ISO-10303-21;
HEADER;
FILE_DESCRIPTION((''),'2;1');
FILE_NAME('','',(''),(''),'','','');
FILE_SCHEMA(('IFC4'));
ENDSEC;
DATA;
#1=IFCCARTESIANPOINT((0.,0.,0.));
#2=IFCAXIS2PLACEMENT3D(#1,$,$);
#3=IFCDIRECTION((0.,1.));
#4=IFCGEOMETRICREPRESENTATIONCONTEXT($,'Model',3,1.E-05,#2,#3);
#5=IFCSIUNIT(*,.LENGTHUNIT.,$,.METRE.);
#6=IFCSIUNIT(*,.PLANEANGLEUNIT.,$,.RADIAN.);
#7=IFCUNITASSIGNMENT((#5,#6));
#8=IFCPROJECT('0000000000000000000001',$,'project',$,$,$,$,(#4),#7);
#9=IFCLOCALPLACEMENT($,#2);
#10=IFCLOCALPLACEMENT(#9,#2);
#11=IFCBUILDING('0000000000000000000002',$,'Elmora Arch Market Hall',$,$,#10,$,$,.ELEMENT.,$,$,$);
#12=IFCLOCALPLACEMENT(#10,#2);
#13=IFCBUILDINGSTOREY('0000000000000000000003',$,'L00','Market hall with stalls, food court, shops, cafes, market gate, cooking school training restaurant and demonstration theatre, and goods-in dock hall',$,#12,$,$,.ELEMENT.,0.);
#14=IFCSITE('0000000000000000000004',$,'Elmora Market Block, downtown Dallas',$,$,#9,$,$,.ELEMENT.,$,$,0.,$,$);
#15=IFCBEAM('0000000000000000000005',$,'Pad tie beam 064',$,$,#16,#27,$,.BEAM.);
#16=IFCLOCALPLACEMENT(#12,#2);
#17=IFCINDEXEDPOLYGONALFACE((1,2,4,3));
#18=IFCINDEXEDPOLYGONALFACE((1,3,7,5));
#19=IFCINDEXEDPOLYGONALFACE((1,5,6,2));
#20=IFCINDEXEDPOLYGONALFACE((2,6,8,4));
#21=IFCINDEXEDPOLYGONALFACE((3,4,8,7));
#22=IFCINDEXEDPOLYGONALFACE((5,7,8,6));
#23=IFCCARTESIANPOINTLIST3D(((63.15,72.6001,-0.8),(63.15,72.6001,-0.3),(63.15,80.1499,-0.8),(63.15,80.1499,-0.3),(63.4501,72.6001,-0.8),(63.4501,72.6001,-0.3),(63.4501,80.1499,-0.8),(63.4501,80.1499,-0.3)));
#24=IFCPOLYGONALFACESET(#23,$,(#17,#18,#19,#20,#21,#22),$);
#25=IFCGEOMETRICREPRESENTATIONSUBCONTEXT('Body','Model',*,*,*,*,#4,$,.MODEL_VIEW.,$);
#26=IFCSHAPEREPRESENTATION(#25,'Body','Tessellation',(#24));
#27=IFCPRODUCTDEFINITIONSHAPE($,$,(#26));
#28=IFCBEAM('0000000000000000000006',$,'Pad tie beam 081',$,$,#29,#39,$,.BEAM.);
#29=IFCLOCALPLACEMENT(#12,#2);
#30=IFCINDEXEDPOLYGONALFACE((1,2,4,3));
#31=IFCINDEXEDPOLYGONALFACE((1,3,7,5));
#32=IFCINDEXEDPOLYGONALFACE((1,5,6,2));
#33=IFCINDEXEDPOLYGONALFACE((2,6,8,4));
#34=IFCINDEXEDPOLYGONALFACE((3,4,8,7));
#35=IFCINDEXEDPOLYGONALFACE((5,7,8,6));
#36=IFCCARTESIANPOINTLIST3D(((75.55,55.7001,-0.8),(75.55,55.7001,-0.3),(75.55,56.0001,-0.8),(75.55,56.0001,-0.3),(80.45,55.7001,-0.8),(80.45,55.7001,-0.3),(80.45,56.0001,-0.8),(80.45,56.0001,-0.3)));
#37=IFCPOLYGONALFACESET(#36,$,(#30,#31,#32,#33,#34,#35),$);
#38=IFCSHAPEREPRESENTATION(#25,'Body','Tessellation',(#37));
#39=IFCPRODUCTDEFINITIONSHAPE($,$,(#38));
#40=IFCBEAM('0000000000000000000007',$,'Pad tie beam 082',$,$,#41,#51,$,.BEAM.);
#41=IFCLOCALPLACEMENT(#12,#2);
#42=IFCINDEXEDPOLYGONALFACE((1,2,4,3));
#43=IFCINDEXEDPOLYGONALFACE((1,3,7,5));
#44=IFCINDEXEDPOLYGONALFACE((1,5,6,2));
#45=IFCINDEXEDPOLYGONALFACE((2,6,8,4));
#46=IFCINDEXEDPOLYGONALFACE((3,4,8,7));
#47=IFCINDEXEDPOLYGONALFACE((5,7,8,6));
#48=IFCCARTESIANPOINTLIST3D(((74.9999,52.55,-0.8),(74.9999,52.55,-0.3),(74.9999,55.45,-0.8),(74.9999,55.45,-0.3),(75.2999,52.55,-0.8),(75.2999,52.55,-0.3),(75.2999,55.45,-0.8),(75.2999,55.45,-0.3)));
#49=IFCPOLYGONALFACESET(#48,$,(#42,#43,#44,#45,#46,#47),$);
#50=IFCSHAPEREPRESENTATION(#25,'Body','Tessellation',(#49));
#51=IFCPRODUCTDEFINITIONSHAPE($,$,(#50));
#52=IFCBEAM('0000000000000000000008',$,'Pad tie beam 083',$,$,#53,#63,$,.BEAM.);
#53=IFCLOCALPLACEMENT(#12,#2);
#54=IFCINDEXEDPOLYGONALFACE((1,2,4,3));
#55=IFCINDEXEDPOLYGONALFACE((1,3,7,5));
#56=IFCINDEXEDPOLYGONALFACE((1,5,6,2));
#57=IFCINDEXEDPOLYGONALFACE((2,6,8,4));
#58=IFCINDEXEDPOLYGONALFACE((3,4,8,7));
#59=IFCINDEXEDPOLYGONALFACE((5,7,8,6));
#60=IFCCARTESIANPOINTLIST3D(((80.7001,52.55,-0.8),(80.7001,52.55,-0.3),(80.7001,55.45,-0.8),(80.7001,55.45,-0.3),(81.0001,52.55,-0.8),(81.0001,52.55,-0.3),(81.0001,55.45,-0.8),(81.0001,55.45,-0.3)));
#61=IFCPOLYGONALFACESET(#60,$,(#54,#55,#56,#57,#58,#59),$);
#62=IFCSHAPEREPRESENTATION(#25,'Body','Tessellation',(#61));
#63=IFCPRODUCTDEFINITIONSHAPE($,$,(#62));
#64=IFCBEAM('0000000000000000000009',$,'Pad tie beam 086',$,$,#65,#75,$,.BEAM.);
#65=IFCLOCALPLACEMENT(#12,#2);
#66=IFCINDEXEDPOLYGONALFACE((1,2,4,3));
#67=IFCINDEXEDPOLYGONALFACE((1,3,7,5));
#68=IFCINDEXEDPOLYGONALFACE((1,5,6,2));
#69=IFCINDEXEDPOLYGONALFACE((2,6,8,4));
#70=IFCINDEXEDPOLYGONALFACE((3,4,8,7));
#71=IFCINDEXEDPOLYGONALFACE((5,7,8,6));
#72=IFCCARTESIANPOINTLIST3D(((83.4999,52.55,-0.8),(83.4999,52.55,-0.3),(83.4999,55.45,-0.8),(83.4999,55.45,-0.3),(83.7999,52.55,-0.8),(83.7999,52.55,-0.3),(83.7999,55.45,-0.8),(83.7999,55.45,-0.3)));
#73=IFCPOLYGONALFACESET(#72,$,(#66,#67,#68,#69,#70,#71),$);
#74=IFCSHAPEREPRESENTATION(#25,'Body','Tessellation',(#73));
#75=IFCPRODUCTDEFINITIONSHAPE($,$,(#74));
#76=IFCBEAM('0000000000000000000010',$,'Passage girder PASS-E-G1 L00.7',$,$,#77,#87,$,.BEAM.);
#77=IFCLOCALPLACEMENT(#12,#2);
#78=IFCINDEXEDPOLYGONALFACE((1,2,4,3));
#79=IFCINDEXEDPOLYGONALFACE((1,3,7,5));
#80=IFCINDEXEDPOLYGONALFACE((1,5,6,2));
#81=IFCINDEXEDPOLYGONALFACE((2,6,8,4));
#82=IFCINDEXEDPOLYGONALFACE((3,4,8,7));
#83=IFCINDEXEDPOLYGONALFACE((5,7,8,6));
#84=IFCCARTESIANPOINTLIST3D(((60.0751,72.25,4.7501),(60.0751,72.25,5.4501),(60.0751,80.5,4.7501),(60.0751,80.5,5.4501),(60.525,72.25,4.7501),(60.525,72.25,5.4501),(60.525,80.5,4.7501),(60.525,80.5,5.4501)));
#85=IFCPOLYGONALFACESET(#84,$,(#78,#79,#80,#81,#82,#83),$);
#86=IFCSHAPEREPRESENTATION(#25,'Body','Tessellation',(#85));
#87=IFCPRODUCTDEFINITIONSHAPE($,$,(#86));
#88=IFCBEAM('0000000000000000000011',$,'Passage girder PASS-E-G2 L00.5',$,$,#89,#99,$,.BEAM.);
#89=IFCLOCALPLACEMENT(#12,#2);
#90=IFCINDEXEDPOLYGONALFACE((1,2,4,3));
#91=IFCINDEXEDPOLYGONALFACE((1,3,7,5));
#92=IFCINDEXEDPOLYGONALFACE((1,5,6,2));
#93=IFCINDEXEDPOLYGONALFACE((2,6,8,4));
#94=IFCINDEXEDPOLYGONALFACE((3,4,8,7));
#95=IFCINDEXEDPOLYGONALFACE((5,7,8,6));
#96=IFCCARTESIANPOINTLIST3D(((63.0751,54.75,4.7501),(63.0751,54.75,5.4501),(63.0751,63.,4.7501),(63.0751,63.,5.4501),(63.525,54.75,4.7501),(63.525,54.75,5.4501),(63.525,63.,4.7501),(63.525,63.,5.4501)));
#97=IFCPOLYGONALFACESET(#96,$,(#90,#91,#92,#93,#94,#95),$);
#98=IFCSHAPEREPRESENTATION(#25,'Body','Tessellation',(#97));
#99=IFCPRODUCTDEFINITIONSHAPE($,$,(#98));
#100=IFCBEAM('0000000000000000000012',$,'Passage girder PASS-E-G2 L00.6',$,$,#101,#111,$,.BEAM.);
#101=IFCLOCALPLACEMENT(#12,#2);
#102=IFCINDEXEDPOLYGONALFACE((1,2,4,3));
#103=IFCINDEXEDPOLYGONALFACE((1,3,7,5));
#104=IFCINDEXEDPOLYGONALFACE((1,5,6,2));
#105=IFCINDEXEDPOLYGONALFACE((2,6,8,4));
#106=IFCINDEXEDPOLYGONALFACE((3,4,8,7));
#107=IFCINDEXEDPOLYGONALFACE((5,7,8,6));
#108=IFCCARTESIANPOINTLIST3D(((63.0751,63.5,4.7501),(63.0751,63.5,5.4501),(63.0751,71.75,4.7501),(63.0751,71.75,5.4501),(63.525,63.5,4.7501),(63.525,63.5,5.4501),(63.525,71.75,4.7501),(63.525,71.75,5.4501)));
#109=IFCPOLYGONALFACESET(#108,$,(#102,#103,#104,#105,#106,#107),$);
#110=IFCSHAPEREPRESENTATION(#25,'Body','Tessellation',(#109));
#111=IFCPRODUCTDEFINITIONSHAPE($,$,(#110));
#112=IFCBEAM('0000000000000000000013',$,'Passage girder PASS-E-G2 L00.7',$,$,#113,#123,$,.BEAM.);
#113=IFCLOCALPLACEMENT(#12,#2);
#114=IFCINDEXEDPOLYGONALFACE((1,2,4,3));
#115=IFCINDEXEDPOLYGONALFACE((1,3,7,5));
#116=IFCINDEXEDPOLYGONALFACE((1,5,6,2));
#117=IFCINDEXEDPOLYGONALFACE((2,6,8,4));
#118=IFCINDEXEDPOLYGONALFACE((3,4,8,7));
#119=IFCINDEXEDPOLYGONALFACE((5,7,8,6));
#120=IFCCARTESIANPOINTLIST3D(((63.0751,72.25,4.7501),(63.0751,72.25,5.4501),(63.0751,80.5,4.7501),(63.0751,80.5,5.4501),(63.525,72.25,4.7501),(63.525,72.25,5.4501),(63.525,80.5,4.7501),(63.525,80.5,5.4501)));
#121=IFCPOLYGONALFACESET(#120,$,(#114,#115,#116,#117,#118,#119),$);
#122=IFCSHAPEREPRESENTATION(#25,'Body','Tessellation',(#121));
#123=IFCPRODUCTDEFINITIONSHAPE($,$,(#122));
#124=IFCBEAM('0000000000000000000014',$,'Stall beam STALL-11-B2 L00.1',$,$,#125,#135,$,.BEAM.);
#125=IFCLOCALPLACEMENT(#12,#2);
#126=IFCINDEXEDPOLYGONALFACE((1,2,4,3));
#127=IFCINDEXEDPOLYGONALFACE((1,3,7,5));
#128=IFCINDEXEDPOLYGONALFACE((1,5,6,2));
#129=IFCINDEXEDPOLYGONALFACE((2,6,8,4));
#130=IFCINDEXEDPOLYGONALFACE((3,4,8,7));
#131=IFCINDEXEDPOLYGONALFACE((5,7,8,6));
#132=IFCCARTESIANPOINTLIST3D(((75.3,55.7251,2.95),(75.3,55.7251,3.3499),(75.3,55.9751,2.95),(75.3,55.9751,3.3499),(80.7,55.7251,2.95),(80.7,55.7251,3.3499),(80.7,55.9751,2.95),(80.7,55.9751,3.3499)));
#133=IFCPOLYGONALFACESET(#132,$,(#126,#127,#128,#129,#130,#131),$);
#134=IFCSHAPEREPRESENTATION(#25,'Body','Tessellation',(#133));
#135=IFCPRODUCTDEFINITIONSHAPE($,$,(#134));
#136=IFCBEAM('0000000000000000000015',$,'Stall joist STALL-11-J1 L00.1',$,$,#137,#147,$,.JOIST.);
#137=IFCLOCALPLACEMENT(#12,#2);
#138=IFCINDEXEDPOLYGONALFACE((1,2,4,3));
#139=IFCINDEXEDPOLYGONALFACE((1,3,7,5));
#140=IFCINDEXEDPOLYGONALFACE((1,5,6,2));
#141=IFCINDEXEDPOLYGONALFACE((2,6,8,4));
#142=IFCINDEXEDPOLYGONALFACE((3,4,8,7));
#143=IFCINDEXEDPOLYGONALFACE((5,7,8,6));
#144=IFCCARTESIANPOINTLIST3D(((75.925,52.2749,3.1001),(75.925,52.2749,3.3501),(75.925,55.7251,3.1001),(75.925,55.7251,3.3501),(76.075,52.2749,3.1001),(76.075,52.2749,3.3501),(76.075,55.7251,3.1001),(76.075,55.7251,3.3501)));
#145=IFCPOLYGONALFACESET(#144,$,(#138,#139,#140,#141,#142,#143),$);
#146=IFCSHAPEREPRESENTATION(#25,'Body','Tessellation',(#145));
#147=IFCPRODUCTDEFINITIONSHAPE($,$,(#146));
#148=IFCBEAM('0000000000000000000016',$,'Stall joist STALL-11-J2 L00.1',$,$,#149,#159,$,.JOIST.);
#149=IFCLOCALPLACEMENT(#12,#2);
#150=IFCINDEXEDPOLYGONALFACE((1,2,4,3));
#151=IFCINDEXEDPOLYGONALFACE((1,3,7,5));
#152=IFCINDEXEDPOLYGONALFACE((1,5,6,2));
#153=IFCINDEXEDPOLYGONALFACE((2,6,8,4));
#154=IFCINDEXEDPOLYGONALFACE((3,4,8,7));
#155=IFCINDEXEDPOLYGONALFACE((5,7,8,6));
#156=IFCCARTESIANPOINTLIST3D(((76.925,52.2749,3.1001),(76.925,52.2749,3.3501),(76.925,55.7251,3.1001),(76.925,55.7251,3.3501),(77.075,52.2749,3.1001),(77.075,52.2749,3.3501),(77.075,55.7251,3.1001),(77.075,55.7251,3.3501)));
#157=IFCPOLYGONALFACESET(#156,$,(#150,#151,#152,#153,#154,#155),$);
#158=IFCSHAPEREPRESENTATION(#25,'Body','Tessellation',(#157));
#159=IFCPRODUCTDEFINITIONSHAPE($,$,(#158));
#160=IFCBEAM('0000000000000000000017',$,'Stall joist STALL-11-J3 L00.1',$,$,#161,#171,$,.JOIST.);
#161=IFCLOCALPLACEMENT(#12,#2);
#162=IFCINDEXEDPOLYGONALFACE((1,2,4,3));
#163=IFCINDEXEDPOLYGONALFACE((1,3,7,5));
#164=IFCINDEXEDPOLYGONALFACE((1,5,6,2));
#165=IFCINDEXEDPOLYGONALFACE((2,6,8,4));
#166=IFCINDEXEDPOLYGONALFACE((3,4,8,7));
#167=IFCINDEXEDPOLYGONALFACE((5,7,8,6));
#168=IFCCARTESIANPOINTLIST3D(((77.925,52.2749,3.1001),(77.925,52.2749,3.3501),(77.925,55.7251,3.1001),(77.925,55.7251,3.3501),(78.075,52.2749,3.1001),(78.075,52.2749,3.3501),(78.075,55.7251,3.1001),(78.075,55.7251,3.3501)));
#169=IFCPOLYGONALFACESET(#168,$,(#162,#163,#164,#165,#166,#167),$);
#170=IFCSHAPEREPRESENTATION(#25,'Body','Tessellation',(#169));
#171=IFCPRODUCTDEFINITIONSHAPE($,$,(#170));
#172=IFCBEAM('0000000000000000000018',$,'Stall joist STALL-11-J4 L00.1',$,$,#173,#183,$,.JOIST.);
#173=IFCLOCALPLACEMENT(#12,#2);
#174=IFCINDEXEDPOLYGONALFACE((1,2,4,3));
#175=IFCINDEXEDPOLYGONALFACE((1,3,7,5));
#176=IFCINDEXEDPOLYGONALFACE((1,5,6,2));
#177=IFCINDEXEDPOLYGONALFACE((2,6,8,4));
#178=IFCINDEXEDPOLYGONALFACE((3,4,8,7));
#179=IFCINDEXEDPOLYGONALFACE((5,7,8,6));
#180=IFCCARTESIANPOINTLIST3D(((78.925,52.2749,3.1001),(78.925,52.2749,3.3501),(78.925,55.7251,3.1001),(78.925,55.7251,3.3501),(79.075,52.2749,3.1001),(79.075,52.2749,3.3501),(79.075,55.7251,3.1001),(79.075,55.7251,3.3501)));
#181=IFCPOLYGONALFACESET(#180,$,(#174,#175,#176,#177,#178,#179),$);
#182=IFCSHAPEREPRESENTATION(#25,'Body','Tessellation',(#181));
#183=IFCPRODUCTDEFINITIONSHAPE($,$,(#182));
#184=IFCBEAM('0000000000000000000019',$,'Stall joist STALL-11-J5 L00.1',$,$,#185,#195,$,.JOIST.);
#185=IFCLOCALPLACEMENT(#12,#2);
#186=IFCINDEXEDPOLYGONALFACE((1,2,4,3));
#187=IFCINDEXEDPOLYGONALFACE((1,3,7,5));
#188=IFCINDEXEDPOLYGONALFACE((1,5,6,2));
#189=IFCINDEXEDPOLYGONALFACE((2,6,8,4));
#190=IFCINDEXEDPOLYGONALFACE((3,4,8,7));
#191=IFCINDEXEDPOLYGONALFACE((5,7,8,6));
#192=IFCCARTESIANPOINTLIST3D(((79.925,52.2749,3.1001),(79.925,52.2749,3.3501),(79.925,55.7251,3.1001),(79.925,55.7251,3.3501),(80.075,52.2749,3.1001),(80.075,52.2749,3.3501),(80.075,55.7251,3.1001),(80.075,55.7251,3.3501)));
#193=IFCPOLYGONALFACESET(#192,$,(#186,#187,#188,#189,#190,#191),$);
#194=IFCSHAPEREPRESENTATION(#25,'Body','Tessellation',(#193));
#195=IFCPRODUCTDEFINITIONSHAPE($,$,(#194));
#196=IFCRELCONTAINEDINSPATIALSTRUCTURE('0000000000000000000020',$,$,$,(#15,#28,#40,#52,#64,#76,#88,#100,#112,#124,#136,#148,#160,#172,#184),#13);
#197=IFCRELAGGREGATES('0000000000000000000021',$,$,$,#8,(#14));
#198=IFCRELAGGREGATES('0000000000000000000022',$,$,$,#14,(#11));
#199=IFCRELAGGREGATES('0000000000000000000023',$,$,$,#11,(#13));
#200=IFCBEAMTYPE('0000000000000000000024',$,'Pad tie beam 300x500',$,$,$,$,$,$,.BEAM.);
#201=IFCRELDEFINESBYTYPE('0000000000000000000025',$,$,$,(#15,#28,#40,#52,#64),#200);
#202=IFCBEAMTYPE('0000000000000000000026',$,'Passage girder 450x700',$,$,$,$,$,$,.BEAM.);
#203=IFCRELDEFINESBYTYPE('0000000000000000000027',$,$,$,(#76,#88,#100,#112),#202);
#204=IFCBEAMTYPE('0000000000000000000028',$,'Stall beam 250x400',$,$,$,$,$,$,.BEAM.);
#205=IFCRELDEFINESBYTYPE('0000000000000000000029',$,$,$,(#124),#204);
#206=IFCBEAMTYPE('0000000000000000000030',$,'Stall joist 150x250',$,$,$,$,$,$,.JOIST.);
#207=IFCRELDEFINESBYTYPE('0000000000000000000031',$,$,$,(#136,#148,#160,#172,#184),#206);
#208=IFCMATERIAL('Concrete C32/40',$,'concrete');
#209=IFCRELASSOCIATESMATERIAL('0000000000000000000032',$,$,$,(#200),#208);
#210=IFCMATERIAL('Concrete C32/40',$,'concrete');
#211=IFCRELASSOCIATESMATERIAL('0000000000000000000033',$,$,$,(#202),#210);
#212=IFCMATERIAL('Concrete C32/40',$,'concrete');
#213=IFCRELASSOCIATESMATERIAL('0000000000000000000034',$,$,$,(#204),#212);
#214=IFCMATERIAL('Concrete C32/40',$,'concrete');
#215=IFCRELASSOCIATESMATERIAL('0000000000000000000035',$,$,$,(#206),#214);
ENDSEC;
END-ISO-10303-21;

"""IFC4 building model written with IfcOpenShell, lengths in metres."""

from ifc_helpers import new_model, si_unit, direction, frame, origin, origin_2d, place, context, subcontext, project, spatial, rectangle, extrude, material, material_profile, profile_set, type_object, element, save


model = new_model("IFC4")

# Units and contexts
model_context = context("Model", 3, precision=1e-05, world=origin(), true_north=direction((0.0, 1.0)))
body_context = subcontext(model_context, "Body", "Model", "MODEL_VIEW")
ifc_project = project(units=[si_unit("LENGTHUNIT", "METRE"), si_unit("PLANEANGLEUNIT", "RADIAN")], contexts=[model_context])

# Site, building, storey
site_placement = place(None, origin())
site = spatial("IfcSite", under=ifc_project, at=site_placement, Name="Elmora Market Block, downtown Dallas", CompositionType="ELEMENT", RefElevation=0.0)
building_placement = place(site_placement, origin())
building = spatial("IfcBuilding", under=site, at=building_placement, Name="Elmora Arch Market Hall", CompositionType="ELEMENT")
storey_placement = place(building_placement, origin())
storey = spatial("IfcBuildingStorey", under=building, at=storey_placement, Name="L00", Description="Market hall with stalls, food court, shops, cafes, market gate, cooking school training restaurant and demonstration theatre, and goods-in dock hall", CompositionType="ELEMENT", Elevation=0.0)

# Beams
ifc_material_1 = material(Name="Concrete C32/40", Category="concrete")
ifc_material_profile_1 = material_profile(ifc_material_1, rectangle(XDim=0.3, YDim=0.5, at=origin_2d()), Name="Pad tie beam 300x500")
ifc_profile_set_1 = profile_set([ifc_material_profile_1], Name="Concrete C32/40")
beam_type_1 = type_object("IfcBeamType", Name="Pad tie beam 300x500", PredefinedType="BEAM", material=ifc_profile_set_1)
for number, where, z_axis, x_axis, name in (
    (1, (63.3, 72.6001, -0.55), (0.0, 1.0, 0.0), (-1.0, 0.0, 0.0), "Pad tie beam 064"),
):
    element("IfcBeam", number, at=place(storey_placement, frame(where, z_axis=z_axis, x_axis=x_axis)), inside=storey, type_object=beam_type_1, Name=name, PredefinedType="BEAM", context=body_context, shape_type="SweptSolid", body=[
        extrude(rectangle(XDim=0.3, YDim=0.5, at=origin_2d()), origin(), (0.0, 0.0, 1.0), 7.5498),
    ])
beam_1_placement = place(storey_placement, frame((75.55, 55.8501, -0.55), z_axis=(1.0, 0.0, 0.0), x_axis=(0.0, 1.0, 0.0)))
element("IfcBeam", 2, at=beam_1_placement, inside=storey, type_object=beam_type_1, Name="Pad tie beam 081", PredefinedType="BEAM", context=body_context, shape_type="SweptSolid", body=[
    extrude(rectangle(XDim=0.3, YDim=0.5, at=origin_2d()), origin(), (0.0, 0.0, 1.0), 4.8999),
])
for number, where, z_axis, x_axis, name in (
    (3, (75.1499, 52.55, -0.55), (0.0, 1.0, 0.0), (-1.0, 0.0, 0.0), "Pad tie beam 082"),
    (4, (80.8501, 52.55, -0.55), (0.0, 1.0, 0.0), (-1.0, 0.0, 0.0), "Pad tie beam 083"),
    (5, (83.6499, 52.55, -0.55), (0.0, 1.0, 0.0), (-1.0, 0.0, 0.0), "Pad tie beam 086"),
):
    element("IfcBeam", number, at=place(storey_placement, frame(where, z_axis=z_axis, x_axis=x_axis)), inside=storey, type_object=beam_type_1, Name=name, PredefinedType="BEAM", context=body_context, shape_type="SweptSolid", body=[
        extrude(rectangle(XDim=0.3, YDim=0.5, at=origin_2d()), origin(), (0.0, 0.0, 1.0), 2.8999),
    ])
ifc_material_2 = material(Name="Concrete C32/40", Category="concrete")
ifc_material_profile_2 = material_profile(ifc_material_2, rectangle(XDim=0.45, YDim=0.7, at=origin_2d()), Name="Passage girder 450x700")
ifc_profile_set_2 = profile_set([ifc_material_profile_2], Name="Concrete C32/40")
beam_type_2 = type_object("IfcBeamType", Name="Passage girder 450x700", PredefinedType="BEAM", material=ifc_profile_set_2)
for number, where, z_axis, x_axis, name in (
    (6, (60.3, 72.25, 5.1001), (0.0, 1.0, 0.0), (-1.0, 0.0, 0.0), "Passage girder PASS-E-G1 L00.7"),
    (7, (63.3, 54.75, 5.1001), (0.0, 1.0, 0.0), (-1.0, 0.0, 0.0), "Passage girder PASS-E-G2 L00.5"),
    (8, (63.3, 63.5, 5.1001), (0.0, 1.0, 0.0), (-1.0, 0.0, 0.0), "Passage girder PASS-E-G2 L00.6"),
    (9, (63.3, 72.25, 5.1001), (0.0, 1.0, 0.0), (-1.0, 0.0, 0.0), "Passage girder PASS-E-G2 L00.7"),
):
    element("IfcBeam", number, at=place(storey_placement, frame(where, z_axis=z_axis, x_axis=x_axis)), inside=storey, type_object=beam_type_2, Name=name, PredefinedType="BEAM", context=body_context, shape_type="SweptSolid", body=[
        extrude(rectangle(XDim=0.45, YDim=0.7, at=origin_2d()), origin(), (0.0, 0.0, 1.0), 8.25),
    ])
ifc_material_3 = material(Name="Concrete C32/40", Category="concrete")
ifc_material_profile_3 = material_profile(ifc_material_3, rectangle(XDim=0.25, YDim=0.3999, at=origin_2d()), Name="Stall beam 250x400")
ifc_profile_set_3 = profile_set([ifc_material_profile_3], Name="Concrete C32/40")
beam_type_3 = type_object("IfcBeamType", Name="Stall beam 250x400", PredefinedType="BEAM", material=ifc_profile_set_3)
beam_2_placement = place(storey_placement, frame((75.3, 55.8501, 3.1499), z_axis=(1.0, 0.0, 0.0), x_axis=(0.0, 1.0, 0.0)))
element("IfcBeam", 10, at=beam_2_placement, inside=storey, type_object=beam_type_3, Name="Stall beam STALL-11-B2 L00.1", PredefinedType="BEAM", context=body_context, shape_type="SweptSolid", body=[
    extrude(rectangle(XDim=0.25, YDim=0.3999, at=origin_2d()), origin(), (0.0, 0.0, 1.0), 5.3999),
])
ifc_material_4 = material(Name="Concrete C32/40", Category="concrete")
ifc_material_profile_4 = material_profile(ifc_material_4, rectangle(XDim=0.1499, YDim=0.25, at=origin_2d()), Name="Stall joist 150x250")
ifc_profile_set_4 = profile_set([ifc_material_profile_4], Name="Concrete C32/40")
beam_type_4 = type_object("IfcBeamType", Name="Stall joist 150x250", PredefinedType="JOIST", material=ifc_profile_set_4)
for number, where, z_axis, x_axis, name in (
    (11, (76.0, 52.2749, 3.2251), (0.0, 1.0, 0.0), (-1.0, 0.0, 0.0), "Stall joist STALL-11-J1 L00.1"),
    (12, (77.0, 52.2749, 3.2251), (0.0, 1.0, 0.0), (-1.0, 0.0, 0.0), "Stall joist STALL-11-J2 L00.1"),
    (13, (78.0, 52.2749, 3.2251), (0.0, 1.0, 0.0), (-1.0, 0.0, 0.0), "Stall joist STALL-11-J3 L00.1"),
    (14, (79.0, 52.2749, 3.2251), (0.0, 1.0, 0.0), (-1.0, 0.0, 0.0), "Stall joist STALL-11-J4 L00.1"),
    (15, (80.0, 52.2749, 3.2251), (0.0, 1.0, 0.0), (-1.0, 0.0, 0.0), "Stall joist STALL-11-J5 L00.1"),
):
    element("IfcBeam", number, at=place(storey_placement, frame(where, z_axis=z_axis, x_axis=x_axis)), inside=storey, type_object=beam_type_4, Name=name, PredefinedType="JOIST", context=body_context, shape_type="SweptSolid", body=[
        extrude(rectangle(XDim=0.1499, YDim=0.25, at=origin_2d()), origin(), (0.0, 0.0, 1.0), 3.4502),
    ])

save(model, "model.ifc")
